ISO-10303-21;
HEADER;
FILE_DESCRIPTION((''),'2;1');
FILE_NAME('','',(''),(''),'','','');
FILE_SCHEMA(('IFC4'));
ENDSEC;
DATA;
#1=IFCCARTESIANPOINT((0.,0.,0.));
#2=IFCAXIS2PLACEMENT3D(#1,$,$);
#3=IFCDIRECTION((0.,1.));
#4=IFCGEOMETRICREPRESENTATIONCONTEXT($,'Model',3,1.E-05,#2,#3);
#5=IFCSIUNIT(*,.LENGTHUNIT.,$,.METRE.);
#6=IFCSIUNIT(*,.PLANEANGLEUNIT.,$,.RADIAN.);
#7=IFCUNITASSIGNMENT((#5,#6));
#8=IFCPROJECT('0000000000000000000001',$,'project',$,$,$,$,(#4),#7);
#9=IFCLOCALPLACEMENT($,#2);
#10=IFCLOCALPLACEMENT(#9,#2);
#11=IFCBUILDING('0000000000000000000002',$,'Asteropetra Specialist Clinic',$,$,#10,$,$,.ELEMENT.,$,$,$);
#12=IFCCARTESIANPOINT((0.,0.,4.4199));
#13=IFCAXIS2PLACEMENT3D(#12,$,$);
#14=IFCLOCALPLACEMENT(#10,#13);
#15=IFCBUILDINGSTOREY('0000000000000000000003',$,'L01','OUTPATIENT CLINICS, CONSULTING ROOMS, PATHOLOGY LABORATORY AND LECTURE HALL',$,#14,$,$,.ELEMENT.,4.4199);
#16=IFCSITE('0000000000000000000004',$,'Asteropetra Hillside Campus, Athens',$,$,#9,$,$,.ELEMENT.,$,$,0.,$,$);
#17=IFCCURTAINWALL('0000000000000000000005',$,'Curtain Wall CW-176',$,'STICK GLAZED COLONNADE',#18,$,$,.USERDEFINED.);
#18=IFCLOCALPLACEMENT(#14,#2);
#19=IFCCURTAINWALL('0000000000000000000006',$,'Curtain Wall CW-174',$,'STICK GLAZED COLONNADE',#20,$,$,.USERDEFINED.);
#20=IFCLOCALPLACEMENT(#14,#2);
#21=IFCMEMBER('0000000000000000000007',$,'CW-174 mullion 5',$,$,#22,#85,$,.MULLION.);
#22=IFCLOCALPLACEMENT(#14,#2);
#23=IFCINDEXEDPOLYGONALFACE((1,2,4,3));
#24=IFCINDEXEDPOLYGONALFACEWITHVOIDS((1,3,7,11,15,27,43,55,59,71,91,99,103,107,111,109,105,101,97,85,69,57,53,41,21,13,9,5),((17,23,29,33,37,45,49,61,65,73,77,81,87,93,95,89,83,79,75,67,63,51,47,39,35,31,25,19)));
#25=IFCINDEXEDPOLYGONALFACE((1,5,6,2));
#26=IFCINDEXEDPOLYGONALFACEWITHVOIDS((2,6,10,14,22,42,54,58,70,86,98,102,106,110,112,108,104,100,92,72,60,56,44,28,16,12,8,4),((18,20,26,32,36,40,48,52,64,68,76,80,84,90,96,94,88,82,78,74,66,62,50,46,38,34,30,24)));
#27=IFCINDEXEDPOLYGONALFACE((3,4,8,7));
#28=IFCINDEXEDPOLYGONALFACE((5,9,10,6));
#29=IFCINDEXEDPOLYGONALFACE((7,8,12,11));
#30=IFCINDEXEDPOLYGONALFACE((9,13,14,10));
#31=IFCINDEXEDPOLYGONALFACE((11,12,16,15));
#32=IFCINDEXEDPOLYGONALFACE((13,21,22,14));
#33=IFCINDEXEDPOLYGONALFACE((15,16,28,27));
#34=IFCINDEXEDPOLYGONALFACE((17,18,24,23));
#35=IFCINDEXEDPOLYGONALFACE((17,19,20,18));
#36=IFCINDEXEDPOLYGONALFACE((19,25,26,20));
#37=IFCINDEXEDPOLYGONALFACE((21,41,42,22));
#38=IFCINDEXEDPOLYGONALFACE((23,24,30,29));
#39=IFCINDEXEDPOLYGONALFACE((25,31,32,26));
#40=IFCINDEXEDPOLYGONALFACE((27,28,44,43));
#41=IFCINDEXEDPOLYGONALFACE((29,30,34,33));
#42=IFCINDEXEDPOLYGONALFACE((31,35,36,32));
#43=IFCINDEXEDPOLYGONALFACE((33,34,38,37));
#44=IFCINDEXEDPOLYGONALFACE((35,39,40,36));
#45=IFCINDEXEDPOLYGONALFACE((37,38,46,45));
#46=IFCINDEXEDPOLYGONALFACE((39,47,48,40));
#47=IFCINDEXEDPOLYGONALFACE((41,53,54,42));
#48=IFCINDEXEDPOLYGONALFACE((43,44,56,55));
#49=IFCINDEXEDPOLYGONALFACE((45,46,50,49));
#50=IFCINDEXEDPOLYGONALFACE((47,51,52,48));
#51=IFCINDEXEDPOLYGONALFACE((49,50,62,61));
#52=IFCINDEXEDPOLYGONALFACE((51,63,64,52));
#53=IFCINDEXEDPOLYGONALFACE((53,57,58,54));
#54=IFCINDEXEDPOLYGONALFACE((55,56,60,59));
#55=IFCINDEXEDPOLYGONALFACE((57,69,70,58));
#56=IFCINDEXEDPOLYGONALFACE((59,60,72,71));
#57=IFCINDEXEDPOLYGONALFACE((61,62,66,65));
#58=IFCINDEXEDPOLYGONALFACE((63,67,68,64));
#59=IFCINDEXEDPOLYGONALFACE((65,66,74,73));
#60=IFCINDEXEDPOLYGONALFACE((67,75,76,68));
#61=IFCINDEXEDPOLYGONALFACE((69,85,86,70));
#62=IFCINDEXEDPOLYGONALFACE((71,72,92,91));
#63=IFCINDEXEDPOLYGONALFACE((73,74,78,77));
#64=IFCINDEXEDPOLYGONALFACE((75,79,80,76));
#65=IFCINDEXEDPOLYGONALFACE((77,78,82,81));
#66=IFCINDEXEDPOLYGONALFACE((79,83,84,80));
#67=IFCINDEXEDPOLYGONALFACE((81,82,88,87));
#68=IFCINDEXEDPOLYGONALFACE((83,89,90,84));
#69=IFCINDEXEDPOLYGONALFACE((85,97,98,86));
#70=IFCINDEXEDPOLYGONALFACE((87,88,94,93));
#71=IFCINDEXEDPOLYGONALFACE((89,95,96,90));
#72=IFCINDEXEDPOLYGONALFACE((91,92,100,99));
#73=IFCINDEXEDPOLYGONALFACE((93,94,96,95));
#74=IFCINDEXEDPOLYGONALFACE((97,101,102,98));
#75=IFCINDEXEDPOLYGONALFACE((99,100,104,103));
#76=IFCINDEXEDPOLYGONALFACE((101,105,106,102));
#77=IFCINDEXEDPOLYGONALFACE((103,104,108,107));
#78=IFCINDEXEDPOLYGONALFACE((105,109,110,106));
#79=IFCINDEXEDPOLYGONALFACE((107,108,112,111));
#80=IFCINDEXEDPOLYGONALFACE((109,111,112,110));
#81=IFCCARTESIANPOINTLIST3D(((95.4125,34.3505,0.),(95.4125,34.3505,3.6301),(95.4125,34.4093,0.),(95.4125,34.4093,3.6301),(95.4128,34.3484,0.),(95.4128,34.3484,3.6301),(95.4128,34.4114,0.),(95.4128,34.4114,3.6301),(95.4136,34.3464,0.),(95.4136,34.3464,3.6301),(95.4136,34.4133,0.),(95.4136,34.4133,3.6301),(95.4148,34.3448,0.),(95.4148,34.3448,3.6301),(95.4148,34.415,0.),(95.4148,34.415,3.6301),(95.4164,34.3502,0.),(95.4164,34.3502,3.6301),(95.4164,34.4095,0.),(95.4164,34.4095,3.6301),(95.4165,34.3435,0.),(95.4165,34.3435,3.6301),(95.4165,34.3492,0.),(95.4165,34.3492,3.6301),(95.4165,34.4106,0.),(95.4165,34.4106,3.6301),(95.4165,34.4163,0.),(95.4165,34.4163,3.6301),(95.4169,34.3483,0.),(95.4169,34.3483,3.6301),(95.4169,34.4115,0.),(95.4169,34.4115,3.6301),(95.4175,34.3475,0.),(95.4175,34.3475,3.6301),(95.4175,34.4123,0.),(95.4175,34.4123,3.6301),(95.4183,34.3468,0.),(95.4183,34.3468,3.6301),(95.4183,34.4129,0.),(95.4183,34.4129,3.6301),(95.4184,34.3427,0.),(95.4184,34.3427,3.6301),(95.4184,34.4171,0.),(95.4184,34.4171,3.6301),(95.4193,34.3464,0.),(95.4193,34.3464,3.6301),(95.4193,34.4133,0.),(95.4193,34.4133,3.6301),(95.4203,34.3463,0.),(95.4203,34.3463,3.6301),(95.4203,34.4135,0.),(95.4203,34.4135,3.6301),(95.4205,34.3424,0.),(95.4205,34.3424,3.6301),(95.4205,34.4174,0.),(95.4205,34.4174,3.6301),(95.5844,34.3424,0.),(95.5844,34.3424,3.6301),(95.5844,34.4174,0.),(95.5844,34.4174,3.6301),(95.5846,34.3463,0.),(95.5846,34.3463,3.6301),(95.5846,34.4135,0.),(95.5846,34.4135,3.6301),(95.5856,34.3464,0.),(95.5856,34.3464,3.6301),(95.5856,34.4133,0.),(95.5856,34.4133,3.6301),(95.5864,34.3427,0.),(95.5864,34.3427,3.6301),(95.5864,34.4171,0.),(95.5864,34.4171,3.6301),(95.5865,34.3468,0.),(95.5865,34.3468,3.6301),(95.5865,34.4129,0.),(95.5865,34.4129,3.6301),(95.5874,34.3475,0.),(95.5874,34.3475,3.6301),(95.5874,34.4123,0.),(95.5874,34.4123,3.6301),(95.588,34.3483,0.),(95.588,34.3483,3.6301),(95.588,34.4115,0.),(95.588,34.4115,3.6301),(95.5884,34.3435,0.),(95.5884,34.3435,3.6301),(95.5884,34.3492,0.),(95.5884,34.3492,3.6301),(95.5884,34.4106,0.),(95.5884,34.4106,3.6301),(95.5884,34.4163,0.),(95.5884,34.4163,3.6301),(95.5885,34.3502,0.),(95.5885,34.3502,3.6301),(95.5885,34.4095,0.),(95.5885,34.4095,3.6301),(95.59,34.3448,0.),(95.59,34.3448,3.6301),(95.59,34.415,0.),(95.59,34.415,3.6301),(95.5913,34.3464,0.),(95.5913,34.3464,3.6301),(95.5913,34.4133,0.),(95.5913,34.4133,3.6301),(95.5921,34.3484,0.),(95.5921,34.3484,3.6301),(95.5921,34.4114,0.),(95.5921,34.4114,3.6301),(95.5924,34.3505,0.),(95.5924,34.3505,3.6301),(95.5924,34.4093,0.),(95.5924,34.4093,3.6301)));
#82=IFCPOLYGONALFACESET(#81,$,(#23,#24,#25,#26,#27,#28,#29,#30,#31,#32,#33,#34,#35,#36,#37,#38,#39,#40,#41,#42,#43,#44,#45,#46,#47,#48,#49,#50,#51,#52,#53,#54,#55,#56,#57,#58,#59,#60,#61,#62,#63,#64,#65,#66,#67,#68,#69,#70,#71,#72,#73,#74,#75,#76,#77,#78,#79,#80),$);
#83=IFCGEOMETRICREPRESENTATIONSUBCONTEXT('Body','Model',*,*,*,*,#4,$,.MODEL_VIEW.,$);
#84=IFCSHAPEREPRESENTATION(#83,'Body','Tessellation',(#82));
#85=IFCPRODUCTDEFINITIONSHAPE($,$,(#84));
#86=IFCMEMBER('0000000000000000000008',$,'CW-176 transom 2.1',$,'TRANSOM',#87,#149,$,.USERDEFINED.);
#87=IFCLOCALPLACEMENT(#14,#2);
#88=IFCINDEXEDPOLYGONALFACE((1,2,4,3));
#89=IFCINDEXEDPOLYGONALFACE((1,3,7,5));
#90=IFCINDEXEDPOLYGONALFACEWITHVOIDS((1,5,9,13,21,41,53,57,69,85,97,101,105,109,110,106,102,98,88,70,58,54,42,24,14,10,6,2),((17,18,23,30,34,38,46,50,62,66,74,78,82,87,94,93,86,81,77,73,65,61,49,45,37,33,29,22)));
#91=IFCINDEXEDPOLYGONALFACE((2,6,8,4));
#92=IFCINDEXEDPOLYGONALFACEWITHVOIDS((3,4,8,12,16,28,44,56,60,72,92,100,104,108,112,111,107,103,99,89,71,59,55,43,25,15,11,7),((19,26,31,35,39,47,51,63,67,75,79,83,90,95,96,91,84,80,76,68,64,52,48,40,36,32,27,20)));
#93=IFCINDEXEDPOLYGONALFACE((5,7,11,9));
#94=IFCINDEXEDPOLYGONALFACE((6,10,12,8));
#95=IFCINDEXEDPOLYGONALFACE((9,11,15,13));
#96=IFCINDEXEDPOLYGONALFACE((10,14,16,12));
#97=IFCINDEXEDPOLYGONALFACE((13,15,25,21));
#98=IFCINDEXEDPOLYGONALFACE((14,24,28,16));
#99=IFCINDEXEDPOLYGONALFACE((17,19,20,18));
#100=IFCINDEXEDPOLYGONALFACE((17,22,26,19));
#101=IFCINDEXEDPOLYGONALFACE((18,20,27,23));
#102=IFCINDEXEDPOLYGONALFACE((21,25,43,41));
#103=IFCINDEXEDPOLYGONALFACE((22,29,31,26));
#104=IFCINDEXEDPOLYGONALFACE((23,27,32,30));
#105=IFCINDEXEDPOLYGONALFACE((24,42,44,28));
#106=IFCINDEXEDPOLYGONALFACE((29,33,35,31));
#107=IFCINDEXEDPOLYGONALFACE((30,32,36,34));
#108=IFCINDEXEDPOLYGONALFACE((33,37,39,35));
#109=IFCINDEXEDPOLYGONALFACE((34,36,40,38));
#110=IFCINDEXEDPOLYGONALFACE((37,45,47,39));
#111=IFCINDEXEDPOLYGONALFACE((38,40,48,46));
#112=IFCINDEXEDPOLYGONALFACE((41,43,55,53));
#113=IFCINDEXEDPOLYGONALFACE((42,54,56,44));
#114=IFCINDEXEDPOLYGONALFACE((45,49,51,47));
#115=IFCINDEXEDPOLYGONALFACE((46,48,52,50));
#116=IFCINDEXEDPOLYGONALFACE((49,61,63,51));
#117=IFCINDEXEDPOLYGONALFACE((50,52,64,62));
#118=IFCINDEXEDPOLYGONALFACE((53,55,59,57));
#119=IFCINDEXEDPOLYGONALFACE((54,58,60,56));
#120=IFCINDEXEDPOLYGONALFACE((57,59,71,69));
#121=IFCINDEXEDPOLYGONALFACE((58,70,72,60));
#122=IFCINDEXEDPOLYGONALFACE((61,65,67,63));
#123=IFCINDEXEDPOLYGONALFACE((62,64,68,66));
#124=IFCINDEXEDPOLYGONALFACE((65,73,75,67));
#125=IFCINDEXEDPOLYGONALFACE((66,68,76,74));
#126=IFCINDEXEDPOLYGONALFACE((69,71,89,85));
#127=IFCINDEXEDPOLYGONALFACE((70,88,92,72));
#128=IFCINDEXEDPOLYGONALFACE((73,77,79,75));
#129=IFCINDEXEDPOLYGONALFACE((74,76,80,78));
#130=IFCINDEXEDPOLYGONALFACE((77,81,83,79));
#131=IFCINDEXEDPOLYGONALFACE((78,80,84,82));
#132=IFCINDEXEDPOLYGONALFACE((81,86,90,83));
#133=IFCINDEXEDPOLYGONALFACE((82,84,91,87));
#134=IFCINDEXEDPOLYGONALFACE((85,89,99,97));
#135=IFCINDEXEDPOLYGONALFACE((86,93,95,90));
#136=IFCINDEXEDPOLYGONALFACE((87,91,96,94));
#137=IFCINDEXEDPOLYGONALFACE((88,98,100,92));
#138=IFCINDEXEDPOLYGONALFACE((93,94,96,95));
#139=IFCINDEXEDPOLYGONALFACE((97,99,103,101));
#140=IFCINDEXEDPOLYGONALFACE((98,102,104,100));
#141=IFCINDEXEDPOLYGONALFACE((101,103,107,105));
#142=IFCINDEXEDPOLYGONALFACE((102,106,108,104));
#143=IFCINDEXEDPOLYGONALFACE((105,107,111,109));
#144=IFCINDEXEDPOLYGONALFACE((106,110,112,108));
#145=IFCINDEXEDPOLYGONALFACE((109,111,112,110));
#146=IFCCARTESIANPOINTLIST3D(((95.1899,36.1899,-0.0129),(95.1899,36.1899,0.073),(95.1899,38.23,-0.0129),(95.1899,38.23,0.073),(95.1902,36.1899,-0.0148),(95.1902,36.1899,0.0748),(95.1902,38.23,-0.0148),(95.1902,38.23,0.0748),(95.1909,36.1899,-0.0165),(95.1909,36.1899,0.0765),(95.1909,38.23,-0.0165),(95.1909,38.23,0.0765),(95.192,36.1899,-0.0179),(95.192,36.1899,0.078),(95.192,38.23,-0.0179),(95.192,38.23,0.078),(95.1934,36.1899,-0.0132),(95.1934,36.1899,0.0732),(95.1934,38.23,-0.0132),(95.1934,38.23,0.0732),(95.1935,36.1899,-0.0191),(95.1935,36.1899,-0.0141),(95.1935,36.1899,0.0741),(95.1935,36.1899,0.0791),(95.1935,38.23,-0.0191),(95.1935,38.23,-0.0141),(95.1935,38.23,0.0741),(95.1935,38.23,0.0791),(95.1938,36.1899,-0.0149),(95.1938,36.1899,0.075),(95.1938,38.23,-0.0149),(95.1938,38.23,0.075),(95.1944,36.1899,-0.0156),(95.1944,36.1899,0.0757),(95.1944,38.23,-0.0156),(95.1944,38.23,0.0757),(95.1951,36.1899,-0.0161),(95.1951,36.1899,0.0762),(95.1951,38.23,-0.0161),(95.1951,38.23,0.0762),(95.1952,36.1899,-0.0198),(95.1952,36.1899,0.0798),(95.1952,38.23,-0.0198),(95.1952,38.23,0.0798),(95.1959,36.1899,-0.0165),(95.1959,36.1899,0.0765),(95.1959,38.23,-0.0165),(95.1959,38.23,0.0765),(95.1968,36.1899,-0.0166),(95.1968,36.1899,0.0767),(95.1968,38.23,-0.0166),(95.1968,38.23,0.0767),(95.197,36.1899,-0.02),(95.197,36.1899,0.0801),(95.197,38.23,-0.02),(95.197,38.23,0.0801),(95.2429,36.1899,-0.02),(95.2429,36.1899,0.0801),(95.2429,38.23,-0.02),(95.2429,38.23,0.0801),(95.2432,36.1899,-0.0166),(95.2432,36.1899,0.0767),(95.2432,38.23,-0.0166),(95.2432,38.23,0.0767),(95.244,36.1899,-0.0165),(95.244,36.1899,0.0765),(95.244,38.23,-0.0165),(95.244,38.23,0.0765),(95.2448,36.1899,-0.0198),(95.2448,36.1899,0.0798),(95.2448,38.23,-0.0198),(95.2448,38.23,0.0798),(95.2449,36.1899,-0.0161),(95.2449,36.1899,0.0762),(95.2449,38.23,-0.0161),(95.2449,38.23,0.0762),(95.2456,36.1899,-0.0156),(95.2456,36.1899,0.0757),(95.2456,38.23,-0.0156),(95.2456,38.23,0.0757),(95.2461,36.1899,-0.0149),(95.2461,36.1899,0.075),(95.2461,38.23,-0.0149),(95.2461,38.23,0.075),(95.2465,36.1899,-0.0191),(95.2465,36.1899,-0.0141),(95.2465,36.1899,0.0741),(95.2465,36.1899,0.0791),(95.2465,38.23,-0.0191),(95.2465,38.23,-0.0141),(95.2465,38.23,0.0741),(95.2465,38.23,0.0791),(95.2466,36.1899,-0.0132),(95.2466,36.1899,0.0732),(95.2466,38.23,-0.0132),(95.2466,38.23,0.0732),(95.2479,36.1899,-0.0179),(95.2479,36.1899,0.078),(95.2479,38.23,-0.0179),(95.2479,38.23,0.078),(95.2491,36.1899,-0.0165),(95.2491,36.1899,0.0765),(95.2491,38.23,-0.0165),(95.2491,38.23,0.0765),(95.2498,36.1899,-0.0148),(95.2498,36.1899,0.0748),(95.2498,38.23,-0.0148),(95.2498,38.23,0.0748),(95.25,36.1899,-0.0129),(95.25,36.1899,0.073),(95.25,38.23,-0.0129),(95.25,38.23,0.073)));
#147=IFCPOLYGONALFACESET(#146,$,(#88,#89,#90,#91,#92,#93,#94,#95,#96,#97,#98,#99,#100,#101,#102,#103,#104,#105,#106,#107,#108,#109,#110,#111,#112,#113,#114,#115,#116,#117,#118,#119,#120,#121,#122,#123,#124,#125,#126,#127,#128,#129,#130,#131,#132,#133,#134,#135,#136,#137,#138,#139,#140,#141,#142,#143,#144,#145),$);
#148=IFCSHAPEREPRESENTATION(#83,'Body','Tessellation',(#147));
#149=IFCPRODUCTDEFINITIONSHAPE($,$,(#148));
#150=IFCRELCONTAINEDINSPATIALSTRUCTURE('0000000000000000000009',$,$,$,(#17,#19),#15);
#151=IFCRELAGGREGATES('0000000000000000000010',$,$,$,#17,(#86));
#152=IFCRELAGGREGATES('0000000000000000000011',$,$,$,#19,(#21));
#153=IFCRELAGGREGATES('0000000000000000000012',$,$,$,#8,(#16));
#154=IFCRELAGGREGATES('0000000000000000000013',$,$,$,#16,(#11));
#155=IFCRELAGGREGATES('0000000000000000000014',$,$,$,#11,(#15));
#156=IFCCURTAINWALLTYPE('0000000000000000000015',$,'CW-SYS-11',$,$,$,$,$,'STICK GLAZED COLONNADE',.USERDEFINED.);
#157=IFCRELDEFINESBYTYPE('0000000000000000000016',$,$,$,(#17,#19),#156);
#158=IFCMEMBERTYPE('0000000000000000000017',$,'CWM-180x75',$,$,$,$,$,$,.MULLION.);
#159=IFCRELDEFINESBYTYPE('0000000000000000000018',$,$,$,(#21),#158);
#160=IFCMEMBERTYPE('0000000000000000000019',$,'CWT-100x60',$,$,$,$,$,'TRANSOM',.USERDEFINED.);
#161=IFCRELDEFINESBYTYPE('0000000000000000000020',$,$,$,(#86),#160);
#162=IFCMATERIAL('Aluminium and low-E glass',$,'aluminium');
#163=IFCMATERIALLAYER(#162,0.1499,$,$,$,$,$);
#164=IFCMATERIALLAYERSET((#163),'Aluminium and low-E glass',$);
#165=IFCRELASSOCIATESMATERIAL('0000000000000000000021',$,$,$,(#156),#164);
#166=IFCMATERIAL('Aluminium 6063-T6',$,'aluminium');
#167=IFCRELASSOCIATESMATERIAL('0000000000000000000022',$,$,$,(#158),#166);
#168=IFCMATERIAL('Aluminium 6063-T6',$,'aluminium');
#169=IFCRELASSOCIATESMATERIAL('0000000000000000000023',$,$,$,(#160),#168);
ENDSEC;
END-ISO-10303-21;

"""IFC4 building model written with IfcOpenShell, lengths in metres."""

from ifc_helpers import new_model, si_unit, direction, frame, origin, origin_2d, place, context, subcontext, project, spatial, hollow_rectangle, extrude, material, layer, layer_set, material_profile, profile_set, type_object, element, aggregate, save


model = new_model("IFC4")

# Units and contexts
model_context = context("Model", 3, precision=1e-05, world=origin(), true_north=direction((0.0, 1.0)))
body_context = subcontext(model_context, "Body", "Model", "MODEL_VIEW")
ifc_project = project(units=[si_unit("LENGTHUNIT", "METRE"), si_unit("PLANEANGLEUNIT", "RADIAN")], contexts=[model_context])

# Site, building, storey
site_placement = place(None, origin())
site = spatial("IfcSite", under=ifc_project, at=site_placement, Name="Asteropetra Hillside Campus, Athens", CompositionType="ELEMENT", RefElevation=0.0)
building_placement = place(site_placement, origin())
building = spatial("IfcBuilding", under=site, at=building_placement, Name="Asteropetra Specialist Clinic", CompositionType="ELEMENT")
storey_placement = place(building_placement, frame((0.0, 0.0, 4.4199)))
storey = spatial("IfcBuildingStorey", under=building, at=storey_placement, Name="L01", Description="OUTPATIENT CLINICS, CONSULTING ROOMS, PATHOLOGY LABORATORY AND LECTURE HALL", CompositionType="ELEMENT", Elevation=4.4199)

# Curtain wall
ifc_material_1 = material(Name="Aluminium and low-E glass", Category="aluminium")
ifc_layer_1 = layer(ifc_material_1, 0.1499)
ifc_layer_set_1 = layer_set([ifc_layer_1], Name="Aluminium and low-E glass")
curtain_wall_type = type_object("IfcCurtainWallType", Name="CW-SYS-11", ElementType="STICK GLAZED COLONNADE", PredefinedType="USERDEFINED", material=ifc_layer_set_1)
curtain_wall_1_placement = place(storey_placement, origin())
curtain_wall_1 = element("IfcCurtainWall", 1, at=curtain_wall_1_placement, inside=storey, type_object=curtain_wall_type, Name="Curtain Wall CW-176", ObjectType="STICK GLAZED COLONNADE", PredefinedType="USERDEFINED")

# Curtain wall, member
curtain_wall_2_placement = place(storey_placement, origin())
curtain_wall_2 = element("IfcCurtainWall", 2, at=curtain_wall_2_placement, inside=storey, type_object=curtain_wall_type, Name="Curtain Wall CW-174", ObjectType="STICK GLAZED COLONNADE", PredefinedType="USERDEFINED")
ifc_material_2 = material(Name="Aluminium 6063-T6", Category="aluminium")
ifc_material_profile_1 = material_profile(ifc_material_2, hollow_rectangle(XDim=0.075, YDim=0.1799, WallThickness=0.0039, InnerFilletRadius=0.0039, OuterFilletRadius=0.0081, at=origin_2d()), Name="MUL 180x75x4.0")
ifc_profile_set_1 = profile_set([ifc_material_profile_1], Name="Aluminium 6063-T6")
member_type_1 = type_object("IfcMemberType", Name="CWM-180x75", PredefinedType="MULLION", material=ifc_profile_set_1)
member_1_placement = place(storey_placement, frame((95.5024, 34.3799, 0.0), z_axis=(0.0, 0.0, 1.0), x_axis=(0.0, 1.0, 0.0)))
member_1 = element("IfcMember", 3, at=member_1_placement, type_object=member_type_1, Name="CW-174 mullion 5", PredefinedType="MULLION", context=body_context, shape_type="SweptSolid", body=[
    extrude(hollow_rectangle(XDim=0.075, YDim=0.1799, WallThickness=0.0039, InnerFilletRadius=0.0039, OuterFilletRadius=0.0081, at=origin_2d()), origin(), (0.0, 0.0, 1.0), 3.6301),
])

# Member
ifc_material_3 = material(Name="Aluminium 6063-T6", Category="aluminium")
ifc_material_profile_2 = material_profile(ifc_material_3, hollow_rectangle(XDim=0.0601, YDim=0.1001, WallThickness=0.0034, InnerFilletRadius=0.0034, OuterFilletRadius=0.0071, at=origin_2d()), Name="TRN 100x60x3.5")
ifc_profile_set_2 = profile_set([ifc_material_profile_2], Name="Aluminium 6063-T6")
member_type_2 = type_object("IfcMemberType", Name="CWT-100x60", ElementType="TRANSOM", PredefinedType="USERDEFINED", material=ifc_profile_set_2)
member_2_placement = place(storey_placement, frame((95.22, 36.1899, 0.03), z_axis=(0.0, 1.0, 0.0), x_axis=(-1.0, 0.0, 0.0)))
member_2 = element("IfcMember", 4, at=member_2_placement, type_object=member_type_2, Name="CW-176 transom 2.1", ObjectType="TRANSOM", PredefinedType="USERDEFINED", context=body_context, shape_type="SweptSolid", body=[
    extrude(hollow_rectangle(XDim=0.0601, YDim=0.1001, WallThickness=0.0034, InnerFilletRadius=0.0034, OuterFilletRadius=0.0071, at=origin_2d()), origin(), (0.0, 0.0, 1.0), 2.04),
])

aggregate(curtain_wall_1, [member_2])
aggregate(curtain_wall_2, [member_1])

save(model, "model.ifc")
